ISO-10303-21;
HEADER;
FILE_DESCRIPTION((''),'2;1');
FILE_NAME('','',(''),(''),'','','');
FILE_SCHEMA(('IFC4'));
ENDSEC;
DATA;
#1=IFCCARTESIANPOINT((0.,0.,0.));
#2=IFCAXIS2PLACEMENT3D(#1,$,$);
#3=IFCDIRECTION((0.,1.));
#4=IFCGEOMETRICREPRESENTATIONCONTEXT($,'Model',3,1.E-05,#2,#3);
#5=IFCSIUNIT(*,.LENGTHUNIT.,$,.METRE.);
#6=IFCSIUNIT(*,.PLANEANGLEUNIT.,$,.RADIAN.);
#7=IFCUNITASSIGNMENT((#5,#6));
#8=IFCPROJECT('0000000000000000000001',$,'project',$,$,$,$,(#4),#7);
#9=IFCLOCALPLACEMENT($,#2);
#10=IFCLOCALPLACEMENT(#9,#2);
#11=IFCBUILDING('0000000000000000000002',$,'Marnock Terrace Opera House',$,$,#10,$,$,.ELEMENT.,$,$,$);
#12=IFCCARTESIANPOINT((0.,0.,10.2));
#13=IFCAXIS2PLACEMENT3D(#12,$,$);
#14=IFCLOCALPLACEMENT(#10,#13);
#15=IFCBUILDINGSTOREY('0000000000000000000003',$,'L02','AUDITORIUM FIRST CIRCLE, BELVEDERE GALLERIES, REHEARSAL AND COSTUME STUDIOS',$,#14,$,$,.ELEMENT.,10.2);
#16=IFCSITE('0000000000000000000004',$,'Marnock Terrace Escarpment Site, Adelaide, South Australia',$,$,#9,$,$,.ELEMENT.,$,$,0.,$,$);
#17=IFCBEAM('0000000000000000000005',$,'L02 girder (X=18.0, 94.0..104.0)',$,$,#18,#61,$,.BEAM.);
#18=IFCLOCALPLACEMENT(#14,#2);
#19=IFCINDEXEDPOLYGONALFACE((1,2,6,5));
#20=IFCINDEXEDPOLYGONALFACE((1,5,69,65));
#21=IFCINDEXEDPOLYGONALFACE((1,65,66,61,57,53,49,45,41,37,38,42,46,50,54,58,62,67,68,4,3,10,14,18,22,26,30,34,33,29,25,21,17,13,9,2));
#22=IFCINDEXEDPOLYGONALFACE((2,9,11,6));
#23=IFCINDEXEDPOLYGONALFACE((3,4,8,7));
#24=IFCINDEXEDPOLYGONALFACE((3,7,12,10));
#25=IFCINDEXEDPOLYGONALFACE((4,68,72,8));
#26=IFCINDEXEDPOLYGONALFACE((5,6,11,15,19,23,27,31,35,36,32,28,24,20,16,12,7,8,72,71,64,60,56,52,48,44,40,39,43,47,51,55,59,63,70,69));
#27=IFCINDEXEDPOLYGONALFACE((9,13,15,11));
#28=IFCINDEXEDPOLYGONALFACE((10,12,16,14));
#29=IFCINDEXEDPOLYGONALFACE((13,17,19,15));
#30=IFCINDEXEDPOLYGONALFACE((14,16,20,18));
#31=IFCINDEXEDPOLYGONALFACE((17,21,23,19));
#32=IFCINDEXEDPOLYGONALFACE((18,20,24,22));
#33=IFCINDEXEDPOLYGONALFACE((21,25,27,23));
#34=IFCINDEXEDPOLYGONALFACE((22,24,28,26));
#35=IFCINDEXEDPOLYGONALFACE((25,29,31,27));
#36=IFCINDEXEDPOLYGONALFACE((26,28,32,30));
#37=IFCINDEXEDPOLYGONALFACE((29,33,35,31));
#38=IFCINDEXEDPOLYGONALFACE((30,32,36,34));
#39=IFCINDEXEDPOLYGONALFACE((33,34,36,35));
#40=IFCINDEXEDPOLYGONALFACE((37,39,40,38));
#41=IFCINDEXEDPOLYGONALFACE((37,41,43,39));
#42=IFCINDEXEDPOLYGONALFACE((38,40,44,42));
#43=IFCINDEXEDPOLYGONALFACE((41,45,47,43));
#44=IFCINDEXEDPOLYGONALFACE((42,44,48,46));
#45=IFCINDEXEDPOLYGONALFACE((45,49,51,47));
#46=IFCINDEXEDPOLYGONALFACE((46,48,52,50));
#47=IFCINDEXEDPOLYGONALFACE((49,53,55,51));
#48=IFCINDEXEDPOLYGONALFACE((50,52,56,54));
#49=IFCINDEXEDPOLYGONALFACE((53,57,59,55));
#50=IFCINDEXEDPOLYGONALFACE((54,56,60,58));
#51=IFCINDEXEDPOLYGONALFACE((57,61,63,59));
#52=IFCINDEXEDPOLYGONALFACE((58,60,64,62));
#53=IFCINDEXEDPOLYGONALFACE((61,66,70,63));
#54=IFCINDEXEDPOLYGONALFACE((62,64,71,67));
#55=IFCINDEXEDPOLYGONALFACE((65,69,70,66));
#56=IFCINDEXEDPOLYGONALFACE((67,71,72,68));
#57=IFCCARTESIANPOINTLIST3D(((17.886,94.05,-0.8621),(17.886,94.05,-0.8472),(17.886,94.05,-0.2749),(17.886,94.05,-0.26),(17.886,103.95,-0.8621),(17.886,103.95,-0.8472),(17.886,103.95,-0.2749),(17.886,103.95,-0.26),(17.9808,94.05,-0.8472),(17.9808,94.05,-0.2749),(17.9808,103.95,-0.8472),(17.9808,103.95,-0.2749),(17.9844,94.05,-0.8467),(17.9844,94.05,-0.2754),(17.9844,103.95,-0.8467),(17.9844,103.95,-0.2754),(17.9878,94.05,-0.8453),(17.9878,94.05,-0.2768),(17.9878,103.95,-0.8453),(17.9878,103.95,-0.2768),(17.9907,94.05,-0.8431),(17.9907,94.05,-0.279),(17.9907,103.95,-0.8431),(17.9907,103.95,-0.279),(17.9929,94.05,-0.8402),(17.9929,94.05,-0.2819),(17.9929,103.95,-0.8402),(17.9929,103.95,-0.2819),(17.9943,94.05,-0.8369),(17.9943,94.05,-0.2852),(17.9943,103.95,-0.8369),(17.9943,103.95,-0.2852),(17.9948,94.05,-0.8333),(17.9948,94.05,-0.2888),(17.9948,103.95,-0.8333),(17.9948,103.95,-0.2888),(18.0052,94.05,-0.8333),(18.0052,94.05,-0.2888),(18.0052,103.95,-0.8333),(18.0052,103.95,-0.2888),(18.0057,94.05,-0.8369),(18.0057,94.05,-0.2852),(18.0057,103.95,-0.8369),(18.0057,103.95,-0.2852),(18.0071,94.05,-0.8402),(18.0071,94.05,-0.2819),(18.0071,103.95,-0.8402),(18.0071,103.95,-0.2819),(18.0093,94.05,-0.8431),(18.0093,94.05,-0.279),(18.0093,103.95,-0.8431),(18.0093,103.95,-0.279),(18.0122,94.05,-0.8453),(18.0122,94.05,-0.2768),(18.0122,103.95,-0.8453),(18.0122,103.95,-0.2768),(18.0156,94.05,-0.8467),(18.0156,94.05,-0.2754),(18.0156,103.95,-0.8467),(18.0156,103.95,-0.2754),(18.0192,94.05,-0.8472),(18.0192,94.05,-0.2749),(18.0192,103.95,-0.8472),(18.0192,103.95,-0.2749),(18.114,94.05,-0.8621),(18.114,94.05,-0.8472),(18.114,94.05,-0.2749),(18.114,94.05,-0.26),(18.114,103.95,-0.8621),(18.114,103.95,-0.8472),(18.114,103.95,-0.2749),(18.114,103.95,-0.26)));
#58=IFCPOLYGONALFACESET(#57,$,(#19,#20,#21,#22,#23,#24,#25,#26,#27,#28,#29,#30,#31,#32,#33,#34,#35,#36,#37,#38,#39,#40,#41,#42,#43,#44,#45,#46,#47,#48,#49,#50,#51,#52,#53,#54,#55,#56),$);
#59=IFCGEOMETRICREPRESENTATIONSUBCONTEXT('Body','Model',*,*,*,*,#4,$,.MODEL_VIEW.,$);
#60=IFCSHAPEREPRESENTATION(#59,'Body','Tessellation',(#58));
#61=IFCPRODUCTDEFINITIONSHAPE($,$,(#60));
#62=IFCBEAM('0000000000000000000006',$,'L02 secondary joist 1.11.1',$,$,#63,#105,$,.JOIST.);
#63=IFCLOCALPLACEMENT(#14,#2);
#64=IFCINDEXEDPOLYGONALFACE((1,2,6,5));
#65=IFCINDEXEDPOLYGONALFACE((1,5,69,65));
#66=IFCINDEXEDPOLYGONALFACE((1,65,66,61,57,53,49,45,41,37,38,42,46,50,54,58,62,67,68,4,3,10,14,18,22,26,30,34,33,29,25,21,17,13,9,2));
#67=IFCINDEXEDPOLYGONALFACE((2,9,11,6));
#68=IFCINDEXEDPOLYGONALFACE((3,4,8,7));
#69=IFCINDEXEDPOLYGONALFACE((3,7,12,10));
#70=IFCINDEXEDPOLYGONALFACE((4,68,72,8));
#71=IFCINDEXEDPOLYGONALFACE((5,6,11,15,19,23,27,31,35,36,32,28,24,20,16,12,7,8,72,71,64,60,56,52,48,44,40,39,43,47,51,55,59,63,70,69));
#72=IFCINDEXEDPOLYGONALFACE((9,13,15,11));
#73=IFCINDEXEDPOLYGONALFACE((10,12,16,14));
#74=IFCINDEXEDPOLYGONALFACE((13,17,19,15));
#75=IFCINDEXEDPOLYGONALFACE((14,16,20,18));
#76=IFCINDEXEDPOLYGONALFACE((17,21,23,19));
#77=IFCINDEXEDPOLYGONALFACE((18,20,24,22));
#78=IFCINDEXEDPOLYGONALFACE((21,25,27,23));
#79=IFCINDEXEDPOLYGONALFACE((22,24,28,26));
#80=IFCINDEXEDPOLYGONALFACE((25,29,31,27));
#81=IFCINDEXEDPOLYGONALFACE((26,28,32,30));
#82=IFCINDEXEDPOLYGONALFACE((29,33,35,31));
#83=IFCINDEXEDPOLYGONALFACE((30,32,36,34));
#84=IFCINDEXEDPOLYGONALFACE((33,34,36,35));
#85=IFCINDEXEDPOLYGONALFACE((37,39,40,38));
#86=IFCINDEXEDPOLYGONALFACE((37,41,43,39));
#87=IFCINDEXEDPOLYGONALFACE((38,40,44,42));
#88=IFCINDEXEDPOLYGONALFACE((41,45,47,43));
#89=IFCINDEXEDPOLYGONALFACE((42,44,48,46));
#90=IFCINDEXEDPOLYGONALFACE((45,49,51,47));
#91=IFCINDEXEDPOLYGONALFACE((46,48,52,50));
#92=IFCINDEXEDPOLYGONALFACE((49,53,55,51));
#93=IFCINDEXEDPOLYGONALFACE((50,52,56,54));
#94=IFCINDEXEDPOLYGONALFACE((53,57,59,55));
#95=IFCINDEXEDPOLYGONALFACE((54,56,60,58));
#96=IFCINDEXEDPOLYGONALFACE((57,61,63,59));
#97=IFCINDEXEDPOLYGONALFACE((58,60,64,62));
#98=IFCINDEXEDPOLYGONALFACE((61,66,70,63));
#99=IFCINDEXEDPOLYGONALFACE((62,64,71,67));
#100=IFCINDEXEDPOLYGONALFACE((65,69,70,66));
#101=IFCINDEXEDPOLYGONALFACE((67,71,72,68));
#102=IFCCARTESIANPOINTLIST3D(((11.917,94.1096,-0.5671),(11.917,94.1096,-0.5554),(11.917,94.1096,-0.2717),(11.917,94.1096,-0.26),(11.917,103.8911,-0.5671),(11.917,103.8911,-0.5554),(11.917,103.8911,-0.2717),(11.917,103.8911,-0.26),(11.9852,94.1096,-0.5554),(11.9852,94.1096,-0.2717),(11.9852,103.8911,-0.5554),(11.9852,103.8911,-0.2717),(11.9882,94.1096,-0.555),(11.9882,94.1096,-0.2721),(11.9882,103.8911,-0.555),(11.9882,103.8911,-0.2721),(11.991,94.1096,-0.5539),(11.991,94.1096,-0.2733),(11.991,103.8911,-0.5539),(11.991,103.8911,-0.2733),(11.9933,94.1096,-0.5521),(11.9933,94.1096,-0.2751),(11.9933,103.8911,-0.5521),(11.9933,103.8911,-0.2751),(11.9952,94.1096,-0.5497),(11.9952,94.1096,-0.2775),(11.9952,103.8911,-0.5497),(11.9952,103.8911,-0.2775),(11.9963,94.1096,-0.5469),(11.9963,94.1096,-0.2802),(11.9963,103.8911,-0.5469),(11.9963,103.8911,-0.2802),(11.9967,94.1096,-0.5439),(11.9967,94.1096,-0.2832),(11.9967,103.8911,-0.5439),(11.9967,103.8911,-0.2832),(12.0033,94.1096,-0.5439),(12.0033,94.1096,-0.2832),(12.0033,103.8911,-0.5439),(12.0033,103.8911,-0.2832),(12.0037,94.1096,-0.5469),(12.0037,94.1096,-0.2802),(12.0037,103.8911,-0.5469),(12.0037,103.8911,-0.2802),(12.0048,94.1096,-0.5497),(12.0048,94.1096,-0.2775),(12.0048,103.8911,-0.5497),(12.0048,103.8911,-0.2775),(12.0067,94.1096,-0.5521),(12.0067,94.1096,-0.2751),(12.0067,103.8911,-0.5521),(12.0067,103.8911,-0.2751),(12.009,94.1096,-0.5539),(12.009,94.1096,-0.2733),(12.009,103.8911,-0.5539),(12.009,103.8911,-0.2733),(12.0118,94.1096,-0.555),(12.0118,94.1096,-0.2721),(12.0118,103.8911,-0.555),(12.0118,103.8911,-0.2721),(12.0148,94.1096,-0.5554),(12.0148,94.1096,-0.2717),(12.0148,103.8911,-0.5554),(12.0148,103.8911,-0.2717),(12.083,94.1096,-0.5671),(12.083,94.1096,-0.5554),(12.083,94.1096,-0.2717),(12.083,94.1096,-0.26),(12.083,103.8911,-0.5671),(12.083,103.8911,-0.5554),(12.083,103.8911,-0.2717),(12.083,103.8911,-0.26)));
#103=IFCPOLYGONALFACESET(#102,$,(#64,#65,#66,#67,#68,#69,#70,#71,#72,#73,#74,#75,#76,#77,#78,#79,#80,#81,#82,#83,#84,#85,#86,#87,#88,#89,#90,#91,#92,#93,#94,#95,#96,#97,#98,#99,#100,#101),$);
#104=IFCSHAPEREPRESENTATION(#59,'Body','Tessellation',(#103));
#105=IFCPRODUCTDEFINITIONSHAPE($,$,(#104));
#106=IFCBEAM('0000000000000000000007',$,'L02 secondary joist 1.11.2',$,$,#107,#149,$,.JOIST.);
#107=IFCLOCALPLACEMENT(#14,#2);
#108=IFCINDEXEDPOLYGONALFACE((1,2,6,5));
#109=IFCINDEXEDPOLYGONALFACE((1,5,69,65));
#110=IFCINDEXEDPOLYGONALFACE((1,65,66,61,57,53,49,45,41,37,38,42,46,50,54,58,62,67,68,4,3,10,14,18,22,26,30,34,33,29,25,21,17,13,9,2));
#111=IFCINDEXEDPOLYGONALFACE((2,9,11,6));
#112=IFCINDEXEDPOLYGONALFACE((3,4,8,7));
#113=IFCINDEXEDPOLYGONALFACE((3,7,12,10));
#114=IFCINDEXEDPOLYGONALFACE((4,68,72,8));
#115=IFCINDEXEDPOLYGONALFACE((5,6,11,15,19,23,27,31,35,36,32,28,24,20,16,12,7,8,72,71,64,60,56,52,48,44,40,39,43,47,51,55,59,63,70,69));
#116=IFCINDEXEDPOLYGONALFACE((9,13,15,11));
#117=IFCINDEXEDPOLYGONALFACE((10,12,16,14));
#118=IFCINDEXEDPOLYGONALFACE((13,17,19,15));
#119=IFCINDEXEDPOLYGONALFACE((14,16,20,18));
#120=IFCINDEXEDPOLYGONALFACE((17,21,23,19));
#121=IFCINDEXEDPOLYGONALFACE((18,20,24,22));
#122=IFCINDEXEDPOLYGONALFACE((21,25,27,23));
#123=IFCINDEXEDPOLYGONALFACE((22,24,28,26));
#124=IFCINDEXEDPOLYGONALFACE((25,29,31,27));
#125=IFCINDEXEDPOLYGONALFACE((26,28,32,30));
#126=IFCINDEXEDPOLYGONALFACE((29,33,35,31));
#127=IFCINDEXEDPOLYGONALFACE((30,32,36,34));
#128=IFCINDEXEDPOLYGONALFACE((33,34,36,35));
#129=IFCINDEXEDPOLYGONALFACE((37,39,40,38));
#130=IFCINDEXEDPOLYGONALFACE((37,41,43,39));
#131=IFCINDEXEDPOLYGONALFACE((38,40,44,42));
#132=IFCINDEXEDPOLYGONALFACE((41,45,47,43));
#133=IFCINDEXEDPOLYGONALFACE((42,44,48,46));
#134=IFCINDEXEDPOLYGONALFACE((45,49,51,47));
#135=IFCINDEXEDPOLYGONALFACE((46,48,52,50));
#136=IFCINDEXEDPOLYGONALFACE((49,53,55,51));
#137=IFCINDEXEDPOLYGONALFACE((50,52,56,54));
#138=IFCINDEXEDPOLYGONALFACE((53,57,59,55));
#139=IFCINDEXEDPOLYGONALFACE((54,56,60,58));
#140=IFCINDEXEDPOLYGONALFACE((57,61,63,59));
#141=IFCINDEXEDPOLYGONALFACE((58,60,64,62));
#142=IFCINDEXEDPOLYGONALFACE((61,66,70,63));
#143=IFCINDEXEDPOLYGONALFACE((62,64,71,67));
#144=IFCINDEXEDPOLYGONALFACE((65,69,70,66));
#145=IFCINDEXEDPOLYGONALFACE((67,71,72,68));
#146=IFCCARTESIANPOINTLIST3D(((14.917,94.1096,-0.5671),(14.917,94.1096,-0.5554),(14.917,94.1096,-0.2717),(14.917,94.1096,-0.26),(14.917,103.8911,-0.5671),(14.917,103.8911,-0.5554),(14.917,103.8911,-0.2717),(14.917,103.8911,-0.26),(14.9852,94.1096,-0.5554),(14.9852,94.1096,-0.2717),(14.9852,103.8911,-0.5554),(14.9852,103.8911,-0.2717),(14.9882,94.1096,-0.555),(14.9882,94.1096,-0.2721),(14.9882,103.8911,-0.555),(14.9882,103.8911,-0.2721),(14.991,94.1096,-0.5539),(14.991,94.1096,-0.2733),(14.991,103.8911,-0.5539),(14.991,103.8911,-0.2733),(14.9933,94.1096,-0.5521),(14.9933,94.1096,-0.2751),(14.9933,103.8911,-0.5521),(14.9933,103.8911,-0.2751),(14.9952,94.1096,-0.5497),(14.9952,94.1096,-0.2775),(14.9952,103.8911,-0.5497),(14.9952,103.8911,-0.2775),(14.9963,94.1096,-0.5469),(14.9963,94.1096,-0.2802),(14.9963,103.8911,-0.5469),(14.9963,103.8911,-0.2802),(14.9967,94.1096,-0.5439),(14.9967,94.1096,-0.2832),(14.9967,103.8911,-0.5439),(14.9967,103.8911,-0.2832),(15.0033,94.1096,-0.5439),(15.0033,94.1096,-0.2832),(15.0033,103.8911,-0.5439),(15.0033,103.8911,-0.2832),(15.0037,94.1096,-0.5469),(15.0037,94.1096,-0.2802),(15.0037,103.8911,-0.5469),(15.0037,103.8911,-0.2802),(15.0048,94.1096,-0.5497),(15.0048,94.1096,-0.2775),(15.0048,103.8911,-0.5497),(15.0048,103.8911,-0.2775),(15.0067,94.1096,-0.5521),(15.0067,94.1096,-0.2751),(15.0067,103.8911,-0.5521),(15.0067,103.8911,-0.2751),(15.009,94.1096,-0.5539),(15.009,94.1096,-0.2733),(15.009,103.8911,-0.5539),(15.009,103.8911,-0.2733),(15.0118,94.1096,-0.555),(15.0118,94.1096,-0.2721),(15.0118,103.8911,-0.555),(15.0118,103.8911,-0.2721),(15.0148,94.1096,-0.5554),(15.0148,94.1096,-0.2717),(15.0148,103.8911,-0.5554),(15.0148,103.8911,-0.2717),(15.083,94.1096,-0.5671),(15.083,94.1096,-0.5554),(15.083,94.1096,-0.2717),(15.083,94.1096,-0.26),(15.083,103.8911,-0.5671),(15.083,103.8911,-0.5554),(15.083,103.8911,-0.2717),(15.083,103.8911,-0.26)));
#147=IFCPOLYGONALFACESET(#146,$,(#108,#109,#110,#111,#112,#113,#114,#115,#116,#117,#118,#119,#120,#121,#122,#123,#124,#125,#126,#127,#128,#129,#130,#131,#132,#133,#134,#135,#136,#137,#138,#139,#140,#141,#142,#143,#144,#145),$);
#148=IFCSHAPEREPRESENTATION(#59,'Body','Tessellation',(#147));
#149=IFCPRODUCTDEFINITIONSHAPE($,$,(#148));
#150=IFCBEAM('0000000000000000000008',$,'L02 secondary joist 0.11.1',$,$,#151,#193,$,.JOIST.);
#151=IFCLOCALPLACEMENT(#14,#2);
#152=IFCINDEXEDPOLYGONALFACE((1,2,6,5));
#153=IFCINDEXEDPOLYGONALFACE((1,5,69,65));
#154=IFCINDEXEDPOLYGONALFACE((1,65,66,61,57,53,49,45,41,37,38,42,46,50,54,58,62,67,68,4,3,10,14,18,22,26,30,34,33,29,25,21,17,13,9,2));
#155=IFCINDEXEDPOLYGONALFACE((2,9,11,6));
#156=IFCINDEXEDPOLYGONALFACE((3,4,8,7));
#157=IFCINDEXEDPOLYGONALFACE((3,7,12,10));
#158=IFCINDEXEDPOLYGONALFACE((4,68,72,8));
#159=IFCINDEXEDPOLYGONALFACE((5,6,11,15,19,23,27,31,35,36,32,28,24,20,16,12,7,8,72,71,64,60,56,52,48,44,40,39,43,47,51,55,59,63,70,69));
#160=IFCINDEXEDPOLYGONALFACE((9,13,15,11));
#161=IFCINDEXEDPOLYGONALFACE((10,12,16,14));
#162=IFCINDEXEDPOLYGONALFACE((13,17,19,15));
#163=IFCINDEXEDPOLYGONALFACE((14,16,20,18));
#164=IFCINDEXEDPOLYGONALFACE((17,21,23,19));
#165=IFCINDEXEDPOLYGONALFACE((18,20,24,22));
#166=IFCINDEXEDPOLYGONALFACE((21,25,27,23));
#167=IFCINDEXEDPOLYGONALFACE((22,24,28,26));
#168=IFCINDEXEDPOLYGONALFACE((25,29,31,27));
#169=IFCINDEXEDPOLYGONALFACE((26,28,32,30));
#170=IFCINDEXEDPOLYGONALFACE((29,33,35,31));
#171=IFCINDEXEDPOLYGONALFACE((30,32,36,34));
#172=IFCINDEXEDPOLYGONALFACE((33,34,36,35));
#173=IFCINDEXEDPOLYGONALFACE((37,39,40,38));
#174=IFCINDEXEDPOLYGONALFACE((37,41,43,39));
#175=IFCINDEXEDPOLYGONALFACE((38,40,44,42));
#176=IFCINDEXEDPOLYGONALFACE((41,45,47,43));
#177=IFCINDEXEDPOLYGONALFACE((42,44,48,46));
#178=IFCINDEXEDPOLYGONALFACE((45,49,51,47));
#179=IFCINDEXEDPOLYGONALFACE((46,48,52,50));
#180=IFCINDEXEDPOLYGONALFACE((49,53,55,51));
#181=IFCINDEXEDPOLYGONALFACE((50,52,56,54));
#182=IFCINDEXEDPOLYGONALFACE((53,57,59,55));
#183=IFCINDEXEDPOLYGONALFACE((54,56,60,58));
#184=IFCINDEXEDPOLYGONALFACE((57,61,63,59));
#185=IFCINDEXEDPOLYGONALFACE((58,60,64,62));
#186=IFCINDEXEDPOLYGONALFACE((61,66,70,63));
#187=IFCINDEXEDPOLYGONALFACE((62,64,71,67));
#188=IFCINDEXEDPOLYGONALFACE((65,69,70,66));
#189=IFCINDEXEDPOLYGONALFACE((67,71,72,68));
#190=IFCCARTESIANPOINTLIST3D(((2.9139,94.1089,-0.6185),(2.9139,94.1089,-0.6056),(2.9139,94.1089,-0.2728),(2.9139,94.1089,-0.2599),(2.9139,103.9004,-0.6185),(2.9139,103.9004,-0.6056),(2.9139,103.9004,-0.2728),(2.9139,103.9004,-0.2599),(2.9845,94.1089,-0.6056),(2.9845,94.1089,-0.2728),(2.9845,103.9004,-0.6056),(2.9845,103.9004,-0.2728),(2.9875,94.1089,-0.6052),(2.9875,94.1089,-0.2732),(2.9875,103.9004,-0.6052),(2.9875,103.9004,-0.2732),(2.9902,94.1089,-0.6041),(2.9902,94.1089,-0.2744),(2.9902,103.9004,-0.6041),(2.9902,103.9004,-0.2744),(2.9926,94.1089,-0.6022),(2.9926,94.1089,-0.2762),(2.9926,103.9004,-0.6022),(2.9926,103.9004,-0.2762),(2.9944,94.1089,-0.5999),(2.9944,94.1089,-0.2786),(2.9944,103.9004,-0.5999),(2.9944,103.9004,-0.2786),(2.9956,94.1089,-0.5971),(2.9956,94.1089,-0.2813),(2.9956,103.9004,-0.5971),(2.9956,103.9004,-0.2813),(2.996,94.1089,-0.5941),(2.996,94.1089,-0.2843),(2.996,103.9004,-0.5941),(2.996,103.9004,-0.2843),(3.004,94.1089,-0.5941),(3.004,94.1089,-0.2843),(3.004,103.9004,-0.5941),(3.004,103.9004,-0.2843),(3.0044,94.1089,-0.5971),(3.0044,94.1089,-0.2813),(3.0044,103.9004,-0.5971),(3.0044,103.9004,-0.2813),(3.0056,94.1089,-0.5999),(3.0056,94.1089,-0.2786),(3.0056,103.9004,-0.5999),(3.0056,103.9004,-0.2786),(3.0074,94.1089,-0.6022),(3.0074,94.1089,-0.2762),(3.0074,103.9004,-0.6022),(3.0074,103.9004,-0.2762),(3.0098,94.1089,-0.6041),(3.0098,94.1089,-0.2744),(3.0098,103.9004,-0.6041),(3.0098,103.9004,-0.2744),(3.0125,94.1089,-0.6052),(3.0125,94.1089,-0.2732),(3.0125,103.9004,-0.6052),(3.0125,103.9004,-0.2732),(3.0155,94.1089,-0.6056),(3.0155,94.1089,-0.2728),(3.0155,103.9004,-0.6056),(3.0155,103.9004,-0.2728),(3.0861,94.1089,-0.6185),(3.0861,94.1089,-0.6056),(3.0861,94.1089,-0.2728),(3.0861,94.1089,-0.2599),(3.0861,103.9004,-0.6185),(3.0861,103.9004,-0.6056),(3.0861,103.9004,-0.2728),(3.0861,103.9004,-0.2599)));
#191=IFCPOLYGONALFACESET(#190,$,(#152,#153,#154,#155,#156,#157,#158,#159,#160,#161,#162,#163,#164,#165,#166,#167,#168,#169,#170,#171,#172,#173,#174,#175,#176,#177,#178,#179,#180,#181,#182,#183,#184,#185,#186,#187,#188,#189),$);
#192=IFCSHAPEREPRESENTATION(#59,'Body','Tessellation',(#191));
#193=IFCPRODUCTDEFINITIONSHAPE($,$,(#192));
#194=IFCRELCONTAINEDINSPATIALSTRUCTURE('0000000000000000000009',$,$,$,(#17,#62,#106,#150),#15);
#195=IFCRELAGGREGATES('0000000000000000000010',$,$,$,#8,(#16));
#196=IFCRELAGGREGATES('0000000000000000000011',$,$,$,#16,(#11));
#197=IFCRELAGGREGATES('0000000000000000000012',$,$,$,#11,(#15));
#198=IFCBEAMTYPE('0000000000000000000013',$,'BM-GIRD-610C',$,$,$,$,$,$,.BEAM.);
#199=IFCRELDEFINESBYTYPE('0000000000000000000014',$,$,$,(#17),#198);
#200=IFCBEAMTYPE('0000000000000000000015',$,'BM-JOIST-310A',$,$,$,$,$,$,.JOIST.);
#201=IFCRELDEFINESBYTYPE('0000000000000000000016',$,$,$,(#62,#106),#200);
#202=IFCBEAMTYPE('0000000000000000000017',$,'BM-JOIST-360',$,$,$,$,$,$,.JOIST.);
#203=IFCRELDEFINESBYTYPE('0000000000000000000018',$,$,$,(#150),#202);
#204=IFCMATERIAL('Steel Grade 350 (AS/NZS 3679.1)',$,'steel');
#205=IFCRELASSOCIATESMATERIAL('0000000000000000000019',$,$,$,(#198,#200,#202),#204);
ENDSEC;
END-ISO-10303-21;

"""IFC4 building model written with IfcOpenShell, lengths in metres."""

from ifc_helpers import new_model, si_unit, direction, frame, origin, origin_2d, place, context, subcontext, project, spatial, i_section, extrude, material, material_profile, profile_set, type_object, element, save


model = new_model("IFC4")

# Units and contexts
model_context = context("Model", 3, precision=1e-05, world=origin(), true_north=direction((0.0, 1.0)))
body_context = subcontext(model_context, "Body", "Model", "MODEL_VIEW")
ifc_project = project(units=[si_unit("LENGTHUNIT", "METRE"), si_unit("PLANEANGLEUNIT", "RADIAN")], contexts=[model_context])

# Site, building, storey
site_placement = place(None, origin())
site = spatial("IfcSite", under=ifc_project, at=site_placement, Name="Marnock Terrace Escarpment Site, Adelaide, South Australia", CompositionType="ELEMENT", RefElevation=0.0)
building_placement = place(site_placement, origin())
building = spatial("IfcBuilding", under=site, at=building_placement, Name="Marnock Terrace Opera House", CompositionType="ELEMENT")
storey_placement = place(building_placement, frame((0.0, 0.0, 10.2)))
storey = spatial("IfcBuildingStorey", under=building, at=storey_placement, Name="L02", Description="AUDITORIUM FIRST CIRCLE, BELVEDERE GALLERIES, REHEARSAL AND COSTUME STUDIOS", CompositionType="ELEMENT", Elevation=10.2)

# Beams
ifc_material_1 = material(Name="Steel Grade 350 (AS/NZS 3679.1)", Category="steel")
ifc_material_profile_1 = material_profile(ifc_material_1, i_section(OverallWidth=0.228, OverallDepth=0.6021, WebThickness=0.0105, FlangeThickness=0.0149, FilletRadius=0.0139, at=origin_2d()))
ifc_profile_set_1 = profile_set([ifc_material_profile_1], Name="Steel Grade 350 (AS/NZS 3679.1)")
beam_type_1 = type_object("IfcBeamType", Name="BM-GIRD-610C", PredefinedType="BEAM", material=ifc_profile_set_1)
beam_1_placement = place(storey_placement, frame((18.0, 94.05, -0.561), z_axis=(0.0, 1.0, 0.0), x_axis=(-1.0, 0.0, 0.0)))
element("IfcBeam", 1, at=beam_1_placement, inside=storey, type_object=beam_type_1, Name="L02 girder (X=18.0, 94.0..104.0)", PredefinedType="BEAM", context=body_context, shape_type="SweptSolid", body=[
    extrude(i_section(OverallWidth=0.228, OverallDepth=0.6021, WebThickness=0.0105, FlangeThickness=0.0149, FilletRadius=0.0139, at=origin_2d()), origin(), (0.0, 0.0, 1.0), 9.8999),
])
ifc_material_profile_2 = material_profile(ifc_material_1, i_section(OverallWidth=0.166, OverallDepth=0.3071, WebThickness=0.0066, FlangeThickness=0.0117, FilletRadius=0.0115, at=origin_2d()))
ifc_profile_set_2 = profile_set([ifc_material_profile_2], Name="Steel Grade 350 (AS/NZS 3679.1)")
beam_type_2 = type_object("IfcBeamType", Name="BM-JOIST-310A", PredefinedType="JOIST", material=ifc_profile_set_2)
for number, where, z_axis, x_axis, name in (
    (2, (12.0, 94.1096, -0.4136), (0.0, 1.0, 0.0), (-1.0, 0.0, 0.0), "L02 secondary joist 1.11.1"),
    (3, (15.0, 94.1096, -0.4136), (0.0, 1.0, 0.0), (-1.0, 0.0, 0.0), "L02 secondary joist 1.11.2"),
):
    element("IfcBeam", number, at=place(storey_placement, frame(where, z_axis=z_axis, x_axis=x_axis)), inside=storey, type_object=beam_type_2, Name=name, PredefinedType="JOIST", context=body_context, shape_type="SweptSolid", body=[
        extrude(i_section(OverallWidth=0.166, OverallDepth=0.3071, WebThickness=0.0066, FlangeThickness=0.0117, FilletRadius=0.0115, at=origin_2d()), origin(), (0.0, 0.0, 1.0), 9.7815),
    ])
ifc_material_profile_3 = material_profile(ifc_material_1, i_section(OverallWidth=0.1721, OverallDepth=0.3586, WebThickness=0.0081, FlangeThickness=0.0129, FilletRadius=0.0115, at=origin_2d()))
ifc_profile_set_3 = profile_set([ifc_material_profile_3], Name="Steel Grade 350 (AS/NZS 3679.1)")
beam_type_3 = type_object("IfcBeamType", Name="BM-JOIST-360", PredefinedType="JOIST", material=ifc_profile_set_3)
for number, where, z_axis, x_axis, name in (
    (4, (3.0, 94.1089, -0.4392), (0.0, 1.0, 0.0), (-1.0, 0.0, 0.0), "L02 secondary joist 0.11.1"),
):
    element("IfcBeam", number, at=place(storey_placement, frame(where, z_axis=z_axis, x_axis=x_axis)), inside=storey, type_object=beam_type_3, Name=name, PredefinedType="JOIST", context=body_context, shape_type="SweptSolid", body=[
        extrude(i_section(OverallWidth=0.1721, OverallDepth=0.3586, WebThickness=0.0081, FlangeThickness=0.0129, FilletRadius=0.0115, at=origin_2d()), origin(), (0.0, 0.0, 1.0), 9.7915),
    ])

save(model, "model.ifc")
